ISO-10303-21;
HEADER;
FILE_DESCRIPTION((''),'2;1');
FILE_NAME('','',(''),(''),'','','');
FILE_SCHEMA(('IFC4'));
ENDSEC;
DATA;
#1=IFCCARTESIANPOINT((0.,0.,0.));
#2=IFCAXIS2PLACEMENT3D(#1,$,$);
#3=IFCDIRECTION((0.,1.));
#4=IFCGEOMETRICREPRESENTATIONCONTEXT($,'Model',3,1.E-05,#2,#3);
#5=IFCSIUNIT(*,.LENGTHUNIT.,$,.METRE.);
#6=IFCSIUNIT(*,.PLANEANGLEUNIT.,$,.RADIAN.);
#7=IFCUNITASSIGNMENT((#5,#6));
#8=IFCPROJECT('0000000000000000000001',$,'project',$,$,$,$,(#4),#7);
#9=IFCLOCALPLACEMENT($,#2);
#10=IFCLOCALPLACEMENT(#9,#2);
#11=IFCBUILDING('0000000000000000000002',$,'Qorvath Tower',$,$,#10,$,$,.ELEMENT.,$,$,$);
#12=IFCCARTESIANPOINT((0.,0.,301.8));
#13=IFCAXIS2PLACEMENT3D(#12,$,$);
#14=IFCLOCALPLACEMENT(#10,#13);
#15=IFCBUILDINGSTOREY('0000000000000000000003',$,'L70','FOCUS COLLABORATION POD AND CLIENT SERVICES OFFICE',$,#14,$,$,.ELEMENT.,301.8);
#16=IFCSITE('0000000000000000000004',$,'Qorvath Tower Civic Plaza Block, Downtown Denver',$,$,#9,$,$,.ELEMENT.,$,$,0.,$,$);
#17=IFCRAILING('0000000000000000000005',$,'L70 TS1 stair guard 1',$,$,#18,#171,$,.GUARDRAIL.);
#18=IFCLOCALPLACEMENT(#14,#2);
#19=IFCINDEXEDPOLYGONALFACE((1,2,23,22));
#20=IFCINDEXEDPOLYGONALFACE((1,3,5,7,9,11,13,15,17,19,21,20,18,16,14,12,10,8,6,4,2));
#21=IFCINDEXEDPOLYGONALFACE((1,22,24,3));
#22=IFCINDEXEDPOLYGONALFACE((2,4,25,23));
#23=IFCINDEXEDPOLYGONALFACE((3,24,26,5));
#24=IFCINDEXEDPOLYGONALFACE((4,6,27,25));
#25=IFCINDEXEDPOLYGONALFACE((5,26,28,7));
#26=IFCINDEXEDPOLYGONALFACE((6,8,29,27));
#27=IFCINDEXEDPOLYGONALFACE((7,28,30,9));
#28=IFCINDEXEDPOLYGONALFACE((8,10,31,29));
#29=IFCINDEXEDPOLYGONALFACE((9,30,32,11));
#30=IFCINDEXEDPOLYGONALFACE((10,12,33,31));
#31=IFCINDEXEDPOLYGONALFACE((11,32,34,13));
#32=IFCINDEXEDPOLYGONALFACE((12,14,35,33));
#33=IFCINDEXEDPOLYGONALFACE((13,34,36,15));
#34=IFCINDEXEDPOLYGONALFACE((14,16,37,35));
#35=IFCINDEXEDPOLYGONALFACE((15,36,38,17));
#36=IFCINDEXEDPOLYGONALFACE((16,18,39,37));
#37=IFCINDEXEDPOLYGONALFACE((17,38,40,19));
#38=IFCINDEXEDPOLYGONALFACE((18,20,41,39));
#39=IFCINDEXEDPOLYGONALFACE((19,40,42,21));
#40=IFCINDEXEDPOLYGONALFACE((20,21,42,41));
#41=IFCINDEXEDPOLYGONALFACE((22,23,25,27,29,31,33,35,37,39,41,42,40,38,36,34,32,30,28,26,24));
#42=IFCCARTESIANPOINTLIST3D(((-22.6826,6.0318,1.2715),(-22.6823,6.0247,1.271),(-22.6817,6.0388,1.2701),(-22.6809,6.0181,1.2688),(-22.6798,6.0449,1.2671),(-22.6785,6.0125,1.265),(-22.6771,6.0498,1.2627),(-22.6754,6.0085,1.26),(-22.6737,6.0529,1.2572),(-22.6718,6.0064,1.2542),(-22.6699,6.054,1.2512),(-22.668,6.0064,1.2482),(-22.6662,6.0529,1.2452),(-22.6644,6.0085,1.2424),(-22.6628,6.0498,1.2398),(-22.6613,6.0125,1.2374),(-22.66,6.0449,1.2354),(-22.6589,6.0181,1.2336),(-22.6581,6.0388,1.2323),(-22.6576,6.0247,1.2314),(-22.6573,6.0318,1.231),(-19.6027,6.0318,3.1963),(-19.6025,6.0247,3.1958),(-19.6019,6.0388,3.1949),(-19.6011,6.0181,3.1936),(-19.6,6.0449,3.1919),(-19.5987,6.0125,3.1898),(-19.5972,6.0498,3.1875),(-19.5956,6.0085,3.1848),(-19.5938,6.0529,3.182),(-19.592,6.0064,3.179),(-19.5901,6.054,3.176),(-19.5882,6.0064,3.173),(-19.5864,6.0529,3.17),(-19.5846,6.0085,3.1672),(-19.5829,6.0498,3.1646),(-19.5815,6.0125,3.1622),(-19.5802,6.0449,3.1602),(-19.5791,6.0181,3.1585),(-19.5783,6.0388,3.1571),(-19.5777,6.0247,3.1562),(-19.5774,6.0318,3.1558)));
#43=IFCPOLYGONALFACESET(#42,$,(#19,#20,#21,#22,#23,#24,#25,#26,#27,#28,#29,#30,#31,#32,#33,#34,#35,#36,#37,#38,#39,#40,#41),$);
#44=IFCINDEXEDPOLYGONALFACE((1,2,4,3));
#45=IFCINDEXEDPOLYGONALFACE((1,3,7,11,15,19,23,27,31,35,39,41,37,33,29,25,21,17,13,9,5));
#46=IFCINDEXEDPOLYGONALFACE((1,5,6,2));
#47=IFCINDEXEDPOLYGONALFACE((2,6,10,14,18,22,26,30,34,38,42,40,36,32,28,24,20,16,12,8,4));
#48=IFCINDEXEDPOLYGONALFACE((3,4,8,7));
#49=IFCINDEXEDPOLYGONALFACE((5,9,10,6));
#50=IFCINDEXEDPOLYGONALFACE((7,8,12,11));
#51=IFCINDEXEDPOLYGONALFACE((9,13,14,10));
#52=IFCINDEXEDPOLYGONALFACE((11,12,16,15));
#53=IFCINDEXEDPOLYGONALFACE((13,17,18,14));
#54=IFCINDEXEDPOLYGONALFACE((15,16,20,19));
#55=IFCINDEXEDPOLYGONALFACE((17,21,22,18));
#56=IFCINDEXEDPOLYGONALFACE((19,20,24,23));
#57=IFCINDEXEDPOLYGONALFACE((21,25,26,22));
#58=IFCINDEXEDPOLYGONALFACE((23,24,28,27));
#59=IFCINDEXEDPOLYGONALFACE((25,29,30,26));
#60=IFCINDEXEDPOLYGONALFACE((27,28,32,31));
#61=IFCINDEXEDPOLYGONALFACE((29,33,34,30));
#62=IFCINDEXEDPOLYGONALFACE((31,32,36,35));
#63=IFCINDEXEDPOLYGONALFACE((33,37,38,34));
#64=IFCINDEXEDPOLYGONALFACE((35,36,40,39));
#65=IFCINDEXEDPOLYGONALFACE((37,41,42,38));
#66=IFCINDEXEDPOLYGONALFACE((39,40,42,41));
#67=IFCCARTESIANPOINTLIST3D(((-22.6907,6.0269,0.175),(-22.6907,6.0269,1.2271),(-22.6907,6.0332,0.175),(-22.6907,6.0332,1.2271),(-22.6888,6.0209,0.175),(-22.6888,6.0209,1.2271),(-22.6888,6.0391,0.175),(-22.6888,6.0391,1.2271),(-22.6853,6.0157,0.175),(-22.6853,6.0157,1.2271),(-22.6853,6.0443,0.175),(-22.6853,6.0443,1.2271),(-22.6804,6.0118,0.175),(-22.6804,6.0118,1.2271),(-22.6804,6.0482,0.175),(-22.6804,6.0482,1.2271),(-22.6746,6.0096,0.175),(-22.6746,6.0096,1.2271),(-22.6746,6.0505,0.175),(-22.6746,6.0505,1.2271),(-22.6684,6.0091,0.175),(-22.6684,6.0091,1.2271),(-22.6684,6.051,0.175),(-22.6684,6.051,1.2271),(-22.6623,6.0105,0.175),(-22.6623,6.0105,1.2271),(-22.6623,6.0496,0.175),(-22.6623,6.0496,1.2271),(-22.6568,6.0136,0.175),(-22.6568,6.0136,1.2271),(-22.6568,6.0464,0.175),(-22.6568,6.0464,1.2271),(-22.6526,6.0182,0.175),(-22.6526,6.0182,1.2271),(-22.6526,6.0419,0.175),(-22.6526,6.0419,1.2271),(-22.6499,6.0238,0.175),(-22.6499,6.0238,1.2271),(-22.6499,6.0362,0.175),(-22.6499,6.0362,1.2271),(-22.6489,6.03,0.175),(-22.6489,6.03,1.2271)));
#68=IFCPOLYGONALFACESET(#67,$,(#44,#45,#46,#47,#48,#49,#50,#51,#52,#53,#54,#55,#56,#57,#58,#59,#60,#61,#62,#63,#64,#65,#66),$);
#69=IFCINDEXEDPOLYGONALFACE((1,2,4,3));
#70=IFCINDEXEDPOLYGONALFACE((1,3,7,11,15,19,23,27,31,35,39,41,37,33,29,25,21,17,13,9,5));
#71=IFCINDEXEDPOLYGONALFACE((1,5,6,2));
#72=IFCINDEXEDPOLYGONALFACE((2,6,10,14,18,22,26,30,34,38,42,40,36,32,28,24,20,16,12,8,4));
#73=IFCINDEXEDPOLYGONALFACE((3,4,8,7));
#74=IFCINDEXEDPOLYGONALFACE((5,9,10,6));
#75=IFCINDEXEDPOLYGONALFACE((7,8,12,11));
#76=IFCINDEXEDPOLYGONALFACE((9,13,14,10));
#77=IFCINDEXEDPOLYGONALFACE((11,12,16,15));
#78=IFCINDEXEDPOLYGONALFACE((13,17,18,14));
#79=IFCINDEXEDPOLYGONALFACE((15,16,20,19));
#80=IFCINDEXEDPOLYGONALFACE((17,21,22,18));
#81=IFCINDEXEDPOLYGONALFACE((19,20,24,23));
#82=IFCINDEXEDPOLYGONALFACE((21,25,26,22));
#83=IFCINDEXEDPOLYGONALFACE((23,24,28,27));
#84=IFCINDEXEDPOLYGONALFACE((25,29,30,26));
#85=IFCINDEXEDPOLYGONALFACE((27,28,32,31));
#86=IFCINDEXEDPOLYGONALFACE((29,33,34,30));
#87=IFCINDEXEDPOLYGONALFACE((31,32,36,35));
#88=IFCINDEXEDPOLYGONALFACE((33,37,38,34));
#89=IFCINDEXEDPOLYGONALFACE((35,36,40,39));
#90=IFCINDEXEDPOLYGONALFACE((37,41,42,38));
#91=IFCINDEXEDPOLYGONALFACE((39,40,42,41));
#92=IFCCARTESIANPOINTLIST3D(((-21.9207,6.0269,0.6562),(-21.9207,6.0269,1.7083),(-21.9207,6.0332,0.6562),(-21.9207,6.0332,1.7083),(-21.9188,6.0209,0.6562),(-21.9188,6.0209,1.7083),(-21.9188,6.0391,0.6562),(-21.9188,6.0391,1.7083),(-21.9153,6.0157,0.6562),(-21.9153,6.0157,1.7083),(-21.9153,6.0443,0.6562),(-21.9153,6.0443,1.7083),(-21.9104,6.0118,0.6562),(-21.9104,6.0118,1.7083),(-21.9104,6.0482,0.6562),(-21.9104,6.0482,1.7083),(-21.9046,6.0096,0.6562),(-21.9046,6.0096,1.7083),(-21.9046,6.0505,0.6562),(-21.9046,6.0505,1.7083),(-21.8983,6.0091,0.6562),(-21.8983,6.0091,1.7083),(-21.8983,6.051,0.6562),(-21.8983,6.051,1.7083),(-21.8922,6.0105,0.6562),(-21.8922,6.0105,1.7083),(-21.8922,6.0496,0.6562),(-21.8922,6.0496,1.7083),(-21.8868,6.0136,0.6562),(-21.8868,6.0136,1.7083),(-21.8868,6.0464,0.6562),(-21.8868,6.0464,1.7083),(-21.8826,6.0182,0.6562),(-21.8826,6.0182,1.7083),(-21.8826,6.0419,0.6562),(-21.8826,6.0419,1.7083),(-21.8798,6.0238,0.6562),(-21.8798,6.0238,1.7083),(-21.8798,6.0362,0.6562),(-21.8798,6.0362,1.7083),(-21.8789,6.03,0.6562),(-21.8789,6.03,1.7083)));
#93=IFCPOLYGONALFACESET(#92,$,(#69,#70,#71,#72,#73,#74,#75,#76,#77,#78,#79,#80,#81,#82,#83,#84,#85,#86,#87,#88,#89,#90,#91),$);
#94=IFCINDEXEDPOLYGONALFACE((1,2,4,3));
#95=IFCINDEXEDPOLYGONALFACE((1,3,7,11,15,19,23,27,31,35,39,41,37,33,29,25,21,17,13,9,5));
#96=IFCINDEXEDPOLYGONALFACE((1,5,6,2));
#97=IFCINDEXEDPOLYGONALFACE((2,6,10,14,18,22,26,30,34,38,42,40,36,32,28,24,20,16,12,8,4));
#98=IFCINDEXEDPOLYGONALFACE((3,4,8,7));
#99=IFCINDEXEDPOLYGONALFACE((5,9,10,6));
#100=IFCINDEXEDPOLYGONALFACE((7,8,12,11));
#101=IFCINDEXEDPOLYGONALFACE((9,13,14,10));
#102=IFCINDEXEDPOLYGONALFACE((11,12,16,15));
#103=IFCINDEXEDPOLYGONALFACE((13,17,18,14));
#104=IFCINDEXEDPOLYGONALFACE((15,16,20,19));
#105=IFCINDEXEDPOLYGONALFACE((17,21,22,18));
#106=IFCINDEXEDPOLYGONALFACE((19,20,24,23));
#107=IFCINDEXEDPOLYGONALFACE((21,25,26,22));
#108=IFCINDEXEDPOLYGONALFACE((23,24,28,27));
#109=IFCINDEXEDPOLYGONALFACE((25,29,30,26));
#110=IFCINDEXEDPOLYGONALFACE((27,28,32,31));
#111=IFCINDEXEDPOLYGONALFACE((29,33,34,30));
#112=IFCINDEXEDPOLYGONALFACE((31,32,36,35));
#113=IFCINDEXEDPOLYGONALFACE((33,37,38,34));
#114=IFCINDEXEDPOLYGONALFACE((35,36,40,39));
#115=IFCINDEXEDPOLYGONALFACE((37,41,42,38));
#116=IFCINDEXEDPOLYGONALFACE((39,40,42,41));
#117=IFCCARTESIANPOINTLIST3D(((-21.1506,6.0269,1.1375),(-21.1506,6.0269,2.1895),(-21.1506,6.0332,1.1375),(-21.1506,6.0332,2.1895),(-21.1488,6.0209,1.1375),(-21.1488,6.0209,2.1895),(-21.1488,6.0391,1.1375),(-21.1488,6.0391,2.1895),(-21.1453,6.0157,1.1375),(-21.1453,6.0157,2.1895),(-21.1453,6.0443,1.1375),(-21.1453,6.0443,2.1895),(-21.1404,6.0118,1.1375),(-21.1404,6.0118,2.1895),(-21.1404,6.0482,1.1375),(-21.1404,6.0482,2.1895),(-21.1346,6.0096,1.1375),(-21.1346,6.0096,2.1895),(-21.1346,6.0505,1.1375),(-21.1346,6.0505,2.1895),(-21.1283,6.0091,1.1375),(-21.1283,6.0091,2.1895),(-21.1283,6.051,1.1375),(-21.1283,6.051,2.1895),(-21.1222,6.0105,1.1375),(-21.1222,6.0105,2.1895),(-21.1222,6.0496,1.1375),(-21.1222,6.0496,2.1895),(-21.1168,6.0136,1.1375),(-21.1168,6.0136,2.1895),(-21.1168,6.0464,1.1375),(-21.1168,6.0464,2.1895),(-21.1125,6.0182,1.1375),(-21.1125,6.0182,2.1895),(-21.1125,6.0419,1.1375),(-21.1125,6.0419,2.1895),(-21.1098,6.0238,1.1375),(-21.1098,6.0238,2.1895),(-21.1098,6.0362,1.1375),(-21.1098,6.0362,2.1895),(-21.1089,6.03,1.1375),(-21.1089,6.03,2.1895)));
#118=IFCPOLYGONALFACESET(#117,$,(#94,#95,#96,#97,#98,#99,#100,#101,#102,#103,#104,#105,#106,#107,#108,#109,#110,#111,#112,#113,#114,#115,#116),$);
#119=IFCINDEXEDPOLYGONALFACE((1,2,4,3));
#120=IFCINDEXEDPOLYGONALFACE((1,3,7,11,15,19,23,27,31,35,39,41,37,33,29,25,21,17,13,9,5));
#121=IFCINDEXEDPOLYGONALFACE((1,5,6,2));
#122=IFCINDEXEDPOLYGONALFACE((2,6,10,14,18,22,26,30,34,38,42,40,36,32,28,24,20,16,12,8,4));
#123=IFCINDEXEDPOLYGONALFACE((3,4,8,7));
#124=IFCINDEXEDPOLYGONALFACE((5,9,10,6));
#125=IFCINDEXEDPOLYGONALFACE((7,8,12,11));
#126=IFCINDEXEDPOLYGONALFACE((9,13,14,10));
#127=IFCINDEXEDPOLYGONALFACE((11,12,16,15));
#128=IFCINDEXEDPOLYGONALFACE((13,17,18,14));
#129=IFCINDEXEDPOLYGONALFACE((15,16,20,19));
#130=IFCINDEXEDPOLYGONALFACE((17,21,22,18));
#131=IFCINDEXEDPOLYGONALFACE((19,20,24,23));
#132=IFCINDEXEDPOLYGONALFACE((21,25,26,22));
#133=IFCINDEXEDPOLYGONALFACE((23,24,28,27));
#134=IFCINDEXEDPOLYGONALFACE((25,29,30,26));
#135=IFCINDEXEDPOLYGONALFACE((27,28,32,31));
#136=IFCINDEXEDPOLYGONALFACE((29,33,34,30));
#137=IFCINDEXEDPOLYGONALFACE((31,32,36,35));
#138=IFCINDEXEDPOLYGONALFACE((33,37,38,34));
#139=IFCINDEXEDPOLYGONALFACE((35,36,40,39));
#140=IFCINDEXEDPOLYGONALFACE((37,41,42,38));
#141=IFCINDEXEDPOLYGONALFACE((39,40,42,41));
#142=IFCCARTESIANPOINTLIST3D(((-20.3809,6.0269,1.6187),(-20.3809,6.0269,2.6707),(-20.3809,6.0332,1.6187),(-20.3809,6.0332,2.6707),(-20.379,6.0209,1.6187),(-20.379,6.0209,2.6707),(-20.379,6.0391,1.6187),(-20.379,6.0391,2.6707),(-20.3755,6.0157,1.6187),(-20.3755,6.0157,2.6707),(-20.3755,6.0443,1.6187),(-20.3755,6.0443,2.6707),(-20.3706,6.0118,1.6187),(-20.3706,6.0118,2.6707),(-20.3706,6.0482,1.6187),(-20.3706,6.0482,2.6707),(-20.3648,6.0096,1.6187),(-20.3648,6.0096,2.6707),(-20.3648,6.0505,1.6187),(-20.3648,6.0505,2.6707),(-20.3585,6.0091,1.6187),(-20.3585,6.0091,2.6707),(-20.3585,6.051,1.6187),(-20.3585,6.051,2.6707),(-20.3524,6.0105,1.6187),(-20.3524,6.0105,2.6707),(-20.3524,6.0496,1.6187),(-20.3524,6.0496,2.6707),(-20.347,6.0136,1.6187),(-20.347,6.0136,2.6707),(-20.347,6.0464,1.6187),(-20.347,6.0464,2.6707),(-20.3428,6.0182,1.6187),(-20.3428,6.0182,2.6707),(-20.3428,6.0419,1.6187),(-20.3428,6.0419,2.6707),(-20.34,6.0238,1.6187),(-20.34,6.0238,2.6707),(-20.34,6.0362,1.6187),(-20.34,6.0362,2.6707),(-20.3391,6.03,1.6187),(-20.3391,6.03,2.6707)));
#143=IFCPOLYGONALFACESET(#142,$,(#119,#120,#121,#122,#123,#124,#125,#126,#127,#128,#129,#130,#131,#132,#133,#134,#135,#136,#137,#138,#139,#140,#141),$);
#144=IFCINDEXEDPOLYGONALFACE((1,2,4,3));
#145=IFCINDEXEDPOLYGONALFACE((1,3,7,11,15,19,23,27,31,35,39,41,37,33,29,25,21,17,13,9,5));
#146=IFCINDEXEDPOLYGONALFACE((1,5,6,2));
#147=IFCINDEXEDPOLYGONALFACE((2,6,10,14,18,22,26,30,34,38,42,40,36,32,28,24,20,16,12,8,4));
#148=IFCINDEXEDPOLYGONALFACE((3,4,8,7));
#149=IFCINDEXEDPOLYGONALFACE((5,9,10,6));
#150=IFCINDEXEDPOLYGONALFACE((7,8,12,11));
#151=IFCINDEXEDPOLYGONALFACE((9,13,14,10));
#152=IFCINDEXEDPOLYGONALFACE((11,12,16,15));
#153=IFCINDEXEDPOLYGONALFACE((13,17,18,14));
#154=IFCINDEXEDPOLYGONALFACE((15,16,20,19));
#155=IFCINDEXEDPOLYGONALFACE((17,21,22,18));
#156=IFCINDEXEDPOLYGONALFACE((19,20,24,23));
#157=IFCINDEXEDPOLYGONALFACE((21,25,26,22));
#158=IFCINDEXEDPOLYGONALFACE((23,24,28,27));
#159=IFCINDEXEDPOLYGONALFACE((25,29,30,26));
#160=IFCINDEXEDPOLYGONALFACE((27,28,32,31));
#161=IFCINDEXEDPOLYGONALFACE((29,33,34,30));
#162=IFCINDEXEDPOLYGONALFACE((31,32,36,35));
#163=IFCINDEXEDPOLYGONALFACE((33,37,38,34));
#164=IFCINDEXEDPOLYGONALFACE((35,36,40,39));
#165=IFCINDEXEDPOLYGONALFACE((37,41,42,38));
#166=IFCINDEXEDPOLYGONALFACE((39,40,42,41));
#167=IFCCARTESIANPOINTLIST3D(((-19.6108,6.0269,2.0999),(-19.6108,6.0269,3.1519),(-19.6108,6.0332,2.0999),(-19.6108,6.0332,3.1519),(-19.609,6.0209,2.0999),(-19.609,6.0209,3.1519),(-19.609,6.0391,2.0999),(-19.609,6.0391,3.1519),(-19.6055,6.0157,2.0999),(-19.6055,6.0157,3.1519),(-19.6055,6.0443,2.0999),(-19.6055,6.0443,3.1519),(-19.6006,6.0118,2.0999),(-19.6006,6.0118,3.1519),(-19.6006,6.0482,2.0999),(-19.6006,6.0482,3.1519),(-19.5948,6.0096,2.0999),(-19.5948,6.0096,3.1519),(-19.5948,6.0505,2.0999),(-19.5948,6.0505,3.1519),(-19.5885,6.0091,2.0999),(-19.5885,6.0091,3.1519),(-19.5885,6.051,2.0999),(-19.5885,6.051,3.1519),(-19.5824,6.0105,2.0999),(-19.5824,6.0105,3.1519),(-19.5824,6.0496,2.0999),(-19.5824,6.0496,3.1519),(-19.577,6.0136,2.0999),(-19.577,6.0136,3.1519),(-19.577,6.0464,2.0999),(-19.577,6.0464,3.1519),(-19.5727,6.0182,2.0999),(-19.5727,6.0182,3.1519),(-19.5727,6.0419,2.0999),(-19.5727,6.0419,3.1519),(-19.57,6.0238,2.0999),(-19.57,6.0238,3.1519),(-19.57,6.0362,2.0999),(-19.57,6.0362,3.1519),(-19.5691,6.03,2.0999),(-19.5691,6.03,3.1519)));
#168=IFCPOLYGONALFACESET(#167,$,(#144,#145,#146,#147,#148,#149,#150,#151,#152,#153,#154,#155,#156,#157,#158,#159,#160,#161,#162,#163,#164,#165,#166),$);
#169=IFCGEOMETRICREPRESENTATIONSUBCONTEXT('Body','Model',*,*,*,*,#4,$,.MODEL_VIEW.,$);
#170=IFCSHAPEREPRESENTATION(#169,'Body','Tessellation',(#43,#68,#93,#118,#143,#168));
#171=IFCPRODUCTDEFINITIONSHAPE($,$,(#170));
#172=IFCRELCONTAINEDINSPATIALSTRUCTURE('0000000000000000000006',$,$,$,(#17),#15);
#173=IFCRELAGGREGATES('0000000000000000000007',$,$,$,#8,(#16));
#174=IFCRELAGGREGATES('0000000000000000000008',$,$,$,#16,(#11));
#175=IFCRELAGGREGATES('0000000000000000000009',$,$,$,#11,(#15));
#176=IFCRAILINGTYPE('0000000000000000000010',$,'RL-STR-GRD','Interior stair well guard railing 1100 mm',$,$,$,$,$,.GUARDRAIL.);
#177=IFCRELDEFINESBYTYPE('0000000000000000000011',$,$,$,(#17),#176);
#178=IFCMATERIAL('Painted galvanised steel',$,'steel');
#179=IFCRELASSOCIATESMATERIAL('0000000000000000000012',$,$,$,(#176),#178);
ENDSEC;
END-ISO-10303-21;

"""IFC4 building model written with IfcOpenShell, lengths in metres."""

from ifc_helpers import new_model, si_unit, direction, frame, origin, origin_2d, place, context, subcontext, project, spatial, circle, extrude, material, type_object, element, save


model = new_model("IFC4")

# Units and contexts
model_context = context("Model", 3, precision=1e-05, world=origin(), true_north=direction((0.0, 1.0)))
body_context = subcontext(model_context, "Body", "Model", "MODEL_VIEW")
ifc_project = project(units=[si_unit("LENGTHUNIT", "METRE"), si_unit("PLANEANGLEUNIT", "RADIAN")], contexts=[model_context])

# Site, building, storey
site_placement = place(None, origin())
site = spatial("IfcSite", under=ifc_project, at=site_placement, Name="Qorvath Tower Civic Plaza Block, Downtown Denver", CompositionType="ELEMENT", RefElevation=0.0)
building_placement = place(site_placement, origin())
building = spatial("IfcBuilding", under=site, at=building_placement, Name="Qorvath Tower", CompositionType="ELEMENT")
storey_placement = place(building_placement, frame((0.0, 0.0, 301.8)))
storey = spatial("IfcBuildingStorey", under=building, at=storey_placement, Name="L70", Description="FOCUS COLLABORATION POD AND CLIENT SERVICES OFFICE", CompositionType="ELEMENT", Elevation=301.8)

# Railing
ifc_material_1 = material(Name="Painted galvanised steel", Category="steel")
railing_type_1 = type_object("IfcRailingType", Name="RL-STR-GRD", Description="Interior stair well guard railing 1100 mm", PredefinedType="GUARDRAIL", material=ifc_material_1)
railing_1_placement = place(storey_placement, frame((-22.6699, 6.03, 0.175)))
element("IfcRailing", 1, at=railing_1_placement, inside=storey, type_object=railing_type_1, Name="L70 TS1 stair guard 1", PredefinedType="GUARDRAIL", context=body_context, shape_type="SweptSolid", body=[
    extrude(circle(Radius=0.0239, at=origin_2d()), frame((0.0, 0.0, 1.0762), z_axis=(0.84801, 0.0, 0.529981), x_axis=(0.0, 1.0, 0.0)), (0.0, 0.0, 1.0), 3.6318),
    extrude(circle(Radius=0.021, at=origin_2d()), origin(), (0.0, 0.0, 1.0), 1.052),
    extrude(circle(Radius=0.021, at=origin_2d()), frame((0.77, 0.0, 0.4812)), (0.0, 0.0, 1.0), 1.052),
    extrude(circle(Radius=0.021, at=origin_2d()), frame((1.54, 0.0, 0.9624)), (0.0, 0.0, 1.0), 1.052),
    extrude(circle(Radius=0.021, at=origin_2d()), frame((2.3098, 0.0, 1.4436)), (0.0, 0.0, 1.0), 1.052),
    extrude(circle(Radius=0.021, at=origin_2d()), frame((3.0798, 0.0, 1.9248)), (0.0, 0.0, 1.0), 1.052),
])

save(model, "model.ifc")
